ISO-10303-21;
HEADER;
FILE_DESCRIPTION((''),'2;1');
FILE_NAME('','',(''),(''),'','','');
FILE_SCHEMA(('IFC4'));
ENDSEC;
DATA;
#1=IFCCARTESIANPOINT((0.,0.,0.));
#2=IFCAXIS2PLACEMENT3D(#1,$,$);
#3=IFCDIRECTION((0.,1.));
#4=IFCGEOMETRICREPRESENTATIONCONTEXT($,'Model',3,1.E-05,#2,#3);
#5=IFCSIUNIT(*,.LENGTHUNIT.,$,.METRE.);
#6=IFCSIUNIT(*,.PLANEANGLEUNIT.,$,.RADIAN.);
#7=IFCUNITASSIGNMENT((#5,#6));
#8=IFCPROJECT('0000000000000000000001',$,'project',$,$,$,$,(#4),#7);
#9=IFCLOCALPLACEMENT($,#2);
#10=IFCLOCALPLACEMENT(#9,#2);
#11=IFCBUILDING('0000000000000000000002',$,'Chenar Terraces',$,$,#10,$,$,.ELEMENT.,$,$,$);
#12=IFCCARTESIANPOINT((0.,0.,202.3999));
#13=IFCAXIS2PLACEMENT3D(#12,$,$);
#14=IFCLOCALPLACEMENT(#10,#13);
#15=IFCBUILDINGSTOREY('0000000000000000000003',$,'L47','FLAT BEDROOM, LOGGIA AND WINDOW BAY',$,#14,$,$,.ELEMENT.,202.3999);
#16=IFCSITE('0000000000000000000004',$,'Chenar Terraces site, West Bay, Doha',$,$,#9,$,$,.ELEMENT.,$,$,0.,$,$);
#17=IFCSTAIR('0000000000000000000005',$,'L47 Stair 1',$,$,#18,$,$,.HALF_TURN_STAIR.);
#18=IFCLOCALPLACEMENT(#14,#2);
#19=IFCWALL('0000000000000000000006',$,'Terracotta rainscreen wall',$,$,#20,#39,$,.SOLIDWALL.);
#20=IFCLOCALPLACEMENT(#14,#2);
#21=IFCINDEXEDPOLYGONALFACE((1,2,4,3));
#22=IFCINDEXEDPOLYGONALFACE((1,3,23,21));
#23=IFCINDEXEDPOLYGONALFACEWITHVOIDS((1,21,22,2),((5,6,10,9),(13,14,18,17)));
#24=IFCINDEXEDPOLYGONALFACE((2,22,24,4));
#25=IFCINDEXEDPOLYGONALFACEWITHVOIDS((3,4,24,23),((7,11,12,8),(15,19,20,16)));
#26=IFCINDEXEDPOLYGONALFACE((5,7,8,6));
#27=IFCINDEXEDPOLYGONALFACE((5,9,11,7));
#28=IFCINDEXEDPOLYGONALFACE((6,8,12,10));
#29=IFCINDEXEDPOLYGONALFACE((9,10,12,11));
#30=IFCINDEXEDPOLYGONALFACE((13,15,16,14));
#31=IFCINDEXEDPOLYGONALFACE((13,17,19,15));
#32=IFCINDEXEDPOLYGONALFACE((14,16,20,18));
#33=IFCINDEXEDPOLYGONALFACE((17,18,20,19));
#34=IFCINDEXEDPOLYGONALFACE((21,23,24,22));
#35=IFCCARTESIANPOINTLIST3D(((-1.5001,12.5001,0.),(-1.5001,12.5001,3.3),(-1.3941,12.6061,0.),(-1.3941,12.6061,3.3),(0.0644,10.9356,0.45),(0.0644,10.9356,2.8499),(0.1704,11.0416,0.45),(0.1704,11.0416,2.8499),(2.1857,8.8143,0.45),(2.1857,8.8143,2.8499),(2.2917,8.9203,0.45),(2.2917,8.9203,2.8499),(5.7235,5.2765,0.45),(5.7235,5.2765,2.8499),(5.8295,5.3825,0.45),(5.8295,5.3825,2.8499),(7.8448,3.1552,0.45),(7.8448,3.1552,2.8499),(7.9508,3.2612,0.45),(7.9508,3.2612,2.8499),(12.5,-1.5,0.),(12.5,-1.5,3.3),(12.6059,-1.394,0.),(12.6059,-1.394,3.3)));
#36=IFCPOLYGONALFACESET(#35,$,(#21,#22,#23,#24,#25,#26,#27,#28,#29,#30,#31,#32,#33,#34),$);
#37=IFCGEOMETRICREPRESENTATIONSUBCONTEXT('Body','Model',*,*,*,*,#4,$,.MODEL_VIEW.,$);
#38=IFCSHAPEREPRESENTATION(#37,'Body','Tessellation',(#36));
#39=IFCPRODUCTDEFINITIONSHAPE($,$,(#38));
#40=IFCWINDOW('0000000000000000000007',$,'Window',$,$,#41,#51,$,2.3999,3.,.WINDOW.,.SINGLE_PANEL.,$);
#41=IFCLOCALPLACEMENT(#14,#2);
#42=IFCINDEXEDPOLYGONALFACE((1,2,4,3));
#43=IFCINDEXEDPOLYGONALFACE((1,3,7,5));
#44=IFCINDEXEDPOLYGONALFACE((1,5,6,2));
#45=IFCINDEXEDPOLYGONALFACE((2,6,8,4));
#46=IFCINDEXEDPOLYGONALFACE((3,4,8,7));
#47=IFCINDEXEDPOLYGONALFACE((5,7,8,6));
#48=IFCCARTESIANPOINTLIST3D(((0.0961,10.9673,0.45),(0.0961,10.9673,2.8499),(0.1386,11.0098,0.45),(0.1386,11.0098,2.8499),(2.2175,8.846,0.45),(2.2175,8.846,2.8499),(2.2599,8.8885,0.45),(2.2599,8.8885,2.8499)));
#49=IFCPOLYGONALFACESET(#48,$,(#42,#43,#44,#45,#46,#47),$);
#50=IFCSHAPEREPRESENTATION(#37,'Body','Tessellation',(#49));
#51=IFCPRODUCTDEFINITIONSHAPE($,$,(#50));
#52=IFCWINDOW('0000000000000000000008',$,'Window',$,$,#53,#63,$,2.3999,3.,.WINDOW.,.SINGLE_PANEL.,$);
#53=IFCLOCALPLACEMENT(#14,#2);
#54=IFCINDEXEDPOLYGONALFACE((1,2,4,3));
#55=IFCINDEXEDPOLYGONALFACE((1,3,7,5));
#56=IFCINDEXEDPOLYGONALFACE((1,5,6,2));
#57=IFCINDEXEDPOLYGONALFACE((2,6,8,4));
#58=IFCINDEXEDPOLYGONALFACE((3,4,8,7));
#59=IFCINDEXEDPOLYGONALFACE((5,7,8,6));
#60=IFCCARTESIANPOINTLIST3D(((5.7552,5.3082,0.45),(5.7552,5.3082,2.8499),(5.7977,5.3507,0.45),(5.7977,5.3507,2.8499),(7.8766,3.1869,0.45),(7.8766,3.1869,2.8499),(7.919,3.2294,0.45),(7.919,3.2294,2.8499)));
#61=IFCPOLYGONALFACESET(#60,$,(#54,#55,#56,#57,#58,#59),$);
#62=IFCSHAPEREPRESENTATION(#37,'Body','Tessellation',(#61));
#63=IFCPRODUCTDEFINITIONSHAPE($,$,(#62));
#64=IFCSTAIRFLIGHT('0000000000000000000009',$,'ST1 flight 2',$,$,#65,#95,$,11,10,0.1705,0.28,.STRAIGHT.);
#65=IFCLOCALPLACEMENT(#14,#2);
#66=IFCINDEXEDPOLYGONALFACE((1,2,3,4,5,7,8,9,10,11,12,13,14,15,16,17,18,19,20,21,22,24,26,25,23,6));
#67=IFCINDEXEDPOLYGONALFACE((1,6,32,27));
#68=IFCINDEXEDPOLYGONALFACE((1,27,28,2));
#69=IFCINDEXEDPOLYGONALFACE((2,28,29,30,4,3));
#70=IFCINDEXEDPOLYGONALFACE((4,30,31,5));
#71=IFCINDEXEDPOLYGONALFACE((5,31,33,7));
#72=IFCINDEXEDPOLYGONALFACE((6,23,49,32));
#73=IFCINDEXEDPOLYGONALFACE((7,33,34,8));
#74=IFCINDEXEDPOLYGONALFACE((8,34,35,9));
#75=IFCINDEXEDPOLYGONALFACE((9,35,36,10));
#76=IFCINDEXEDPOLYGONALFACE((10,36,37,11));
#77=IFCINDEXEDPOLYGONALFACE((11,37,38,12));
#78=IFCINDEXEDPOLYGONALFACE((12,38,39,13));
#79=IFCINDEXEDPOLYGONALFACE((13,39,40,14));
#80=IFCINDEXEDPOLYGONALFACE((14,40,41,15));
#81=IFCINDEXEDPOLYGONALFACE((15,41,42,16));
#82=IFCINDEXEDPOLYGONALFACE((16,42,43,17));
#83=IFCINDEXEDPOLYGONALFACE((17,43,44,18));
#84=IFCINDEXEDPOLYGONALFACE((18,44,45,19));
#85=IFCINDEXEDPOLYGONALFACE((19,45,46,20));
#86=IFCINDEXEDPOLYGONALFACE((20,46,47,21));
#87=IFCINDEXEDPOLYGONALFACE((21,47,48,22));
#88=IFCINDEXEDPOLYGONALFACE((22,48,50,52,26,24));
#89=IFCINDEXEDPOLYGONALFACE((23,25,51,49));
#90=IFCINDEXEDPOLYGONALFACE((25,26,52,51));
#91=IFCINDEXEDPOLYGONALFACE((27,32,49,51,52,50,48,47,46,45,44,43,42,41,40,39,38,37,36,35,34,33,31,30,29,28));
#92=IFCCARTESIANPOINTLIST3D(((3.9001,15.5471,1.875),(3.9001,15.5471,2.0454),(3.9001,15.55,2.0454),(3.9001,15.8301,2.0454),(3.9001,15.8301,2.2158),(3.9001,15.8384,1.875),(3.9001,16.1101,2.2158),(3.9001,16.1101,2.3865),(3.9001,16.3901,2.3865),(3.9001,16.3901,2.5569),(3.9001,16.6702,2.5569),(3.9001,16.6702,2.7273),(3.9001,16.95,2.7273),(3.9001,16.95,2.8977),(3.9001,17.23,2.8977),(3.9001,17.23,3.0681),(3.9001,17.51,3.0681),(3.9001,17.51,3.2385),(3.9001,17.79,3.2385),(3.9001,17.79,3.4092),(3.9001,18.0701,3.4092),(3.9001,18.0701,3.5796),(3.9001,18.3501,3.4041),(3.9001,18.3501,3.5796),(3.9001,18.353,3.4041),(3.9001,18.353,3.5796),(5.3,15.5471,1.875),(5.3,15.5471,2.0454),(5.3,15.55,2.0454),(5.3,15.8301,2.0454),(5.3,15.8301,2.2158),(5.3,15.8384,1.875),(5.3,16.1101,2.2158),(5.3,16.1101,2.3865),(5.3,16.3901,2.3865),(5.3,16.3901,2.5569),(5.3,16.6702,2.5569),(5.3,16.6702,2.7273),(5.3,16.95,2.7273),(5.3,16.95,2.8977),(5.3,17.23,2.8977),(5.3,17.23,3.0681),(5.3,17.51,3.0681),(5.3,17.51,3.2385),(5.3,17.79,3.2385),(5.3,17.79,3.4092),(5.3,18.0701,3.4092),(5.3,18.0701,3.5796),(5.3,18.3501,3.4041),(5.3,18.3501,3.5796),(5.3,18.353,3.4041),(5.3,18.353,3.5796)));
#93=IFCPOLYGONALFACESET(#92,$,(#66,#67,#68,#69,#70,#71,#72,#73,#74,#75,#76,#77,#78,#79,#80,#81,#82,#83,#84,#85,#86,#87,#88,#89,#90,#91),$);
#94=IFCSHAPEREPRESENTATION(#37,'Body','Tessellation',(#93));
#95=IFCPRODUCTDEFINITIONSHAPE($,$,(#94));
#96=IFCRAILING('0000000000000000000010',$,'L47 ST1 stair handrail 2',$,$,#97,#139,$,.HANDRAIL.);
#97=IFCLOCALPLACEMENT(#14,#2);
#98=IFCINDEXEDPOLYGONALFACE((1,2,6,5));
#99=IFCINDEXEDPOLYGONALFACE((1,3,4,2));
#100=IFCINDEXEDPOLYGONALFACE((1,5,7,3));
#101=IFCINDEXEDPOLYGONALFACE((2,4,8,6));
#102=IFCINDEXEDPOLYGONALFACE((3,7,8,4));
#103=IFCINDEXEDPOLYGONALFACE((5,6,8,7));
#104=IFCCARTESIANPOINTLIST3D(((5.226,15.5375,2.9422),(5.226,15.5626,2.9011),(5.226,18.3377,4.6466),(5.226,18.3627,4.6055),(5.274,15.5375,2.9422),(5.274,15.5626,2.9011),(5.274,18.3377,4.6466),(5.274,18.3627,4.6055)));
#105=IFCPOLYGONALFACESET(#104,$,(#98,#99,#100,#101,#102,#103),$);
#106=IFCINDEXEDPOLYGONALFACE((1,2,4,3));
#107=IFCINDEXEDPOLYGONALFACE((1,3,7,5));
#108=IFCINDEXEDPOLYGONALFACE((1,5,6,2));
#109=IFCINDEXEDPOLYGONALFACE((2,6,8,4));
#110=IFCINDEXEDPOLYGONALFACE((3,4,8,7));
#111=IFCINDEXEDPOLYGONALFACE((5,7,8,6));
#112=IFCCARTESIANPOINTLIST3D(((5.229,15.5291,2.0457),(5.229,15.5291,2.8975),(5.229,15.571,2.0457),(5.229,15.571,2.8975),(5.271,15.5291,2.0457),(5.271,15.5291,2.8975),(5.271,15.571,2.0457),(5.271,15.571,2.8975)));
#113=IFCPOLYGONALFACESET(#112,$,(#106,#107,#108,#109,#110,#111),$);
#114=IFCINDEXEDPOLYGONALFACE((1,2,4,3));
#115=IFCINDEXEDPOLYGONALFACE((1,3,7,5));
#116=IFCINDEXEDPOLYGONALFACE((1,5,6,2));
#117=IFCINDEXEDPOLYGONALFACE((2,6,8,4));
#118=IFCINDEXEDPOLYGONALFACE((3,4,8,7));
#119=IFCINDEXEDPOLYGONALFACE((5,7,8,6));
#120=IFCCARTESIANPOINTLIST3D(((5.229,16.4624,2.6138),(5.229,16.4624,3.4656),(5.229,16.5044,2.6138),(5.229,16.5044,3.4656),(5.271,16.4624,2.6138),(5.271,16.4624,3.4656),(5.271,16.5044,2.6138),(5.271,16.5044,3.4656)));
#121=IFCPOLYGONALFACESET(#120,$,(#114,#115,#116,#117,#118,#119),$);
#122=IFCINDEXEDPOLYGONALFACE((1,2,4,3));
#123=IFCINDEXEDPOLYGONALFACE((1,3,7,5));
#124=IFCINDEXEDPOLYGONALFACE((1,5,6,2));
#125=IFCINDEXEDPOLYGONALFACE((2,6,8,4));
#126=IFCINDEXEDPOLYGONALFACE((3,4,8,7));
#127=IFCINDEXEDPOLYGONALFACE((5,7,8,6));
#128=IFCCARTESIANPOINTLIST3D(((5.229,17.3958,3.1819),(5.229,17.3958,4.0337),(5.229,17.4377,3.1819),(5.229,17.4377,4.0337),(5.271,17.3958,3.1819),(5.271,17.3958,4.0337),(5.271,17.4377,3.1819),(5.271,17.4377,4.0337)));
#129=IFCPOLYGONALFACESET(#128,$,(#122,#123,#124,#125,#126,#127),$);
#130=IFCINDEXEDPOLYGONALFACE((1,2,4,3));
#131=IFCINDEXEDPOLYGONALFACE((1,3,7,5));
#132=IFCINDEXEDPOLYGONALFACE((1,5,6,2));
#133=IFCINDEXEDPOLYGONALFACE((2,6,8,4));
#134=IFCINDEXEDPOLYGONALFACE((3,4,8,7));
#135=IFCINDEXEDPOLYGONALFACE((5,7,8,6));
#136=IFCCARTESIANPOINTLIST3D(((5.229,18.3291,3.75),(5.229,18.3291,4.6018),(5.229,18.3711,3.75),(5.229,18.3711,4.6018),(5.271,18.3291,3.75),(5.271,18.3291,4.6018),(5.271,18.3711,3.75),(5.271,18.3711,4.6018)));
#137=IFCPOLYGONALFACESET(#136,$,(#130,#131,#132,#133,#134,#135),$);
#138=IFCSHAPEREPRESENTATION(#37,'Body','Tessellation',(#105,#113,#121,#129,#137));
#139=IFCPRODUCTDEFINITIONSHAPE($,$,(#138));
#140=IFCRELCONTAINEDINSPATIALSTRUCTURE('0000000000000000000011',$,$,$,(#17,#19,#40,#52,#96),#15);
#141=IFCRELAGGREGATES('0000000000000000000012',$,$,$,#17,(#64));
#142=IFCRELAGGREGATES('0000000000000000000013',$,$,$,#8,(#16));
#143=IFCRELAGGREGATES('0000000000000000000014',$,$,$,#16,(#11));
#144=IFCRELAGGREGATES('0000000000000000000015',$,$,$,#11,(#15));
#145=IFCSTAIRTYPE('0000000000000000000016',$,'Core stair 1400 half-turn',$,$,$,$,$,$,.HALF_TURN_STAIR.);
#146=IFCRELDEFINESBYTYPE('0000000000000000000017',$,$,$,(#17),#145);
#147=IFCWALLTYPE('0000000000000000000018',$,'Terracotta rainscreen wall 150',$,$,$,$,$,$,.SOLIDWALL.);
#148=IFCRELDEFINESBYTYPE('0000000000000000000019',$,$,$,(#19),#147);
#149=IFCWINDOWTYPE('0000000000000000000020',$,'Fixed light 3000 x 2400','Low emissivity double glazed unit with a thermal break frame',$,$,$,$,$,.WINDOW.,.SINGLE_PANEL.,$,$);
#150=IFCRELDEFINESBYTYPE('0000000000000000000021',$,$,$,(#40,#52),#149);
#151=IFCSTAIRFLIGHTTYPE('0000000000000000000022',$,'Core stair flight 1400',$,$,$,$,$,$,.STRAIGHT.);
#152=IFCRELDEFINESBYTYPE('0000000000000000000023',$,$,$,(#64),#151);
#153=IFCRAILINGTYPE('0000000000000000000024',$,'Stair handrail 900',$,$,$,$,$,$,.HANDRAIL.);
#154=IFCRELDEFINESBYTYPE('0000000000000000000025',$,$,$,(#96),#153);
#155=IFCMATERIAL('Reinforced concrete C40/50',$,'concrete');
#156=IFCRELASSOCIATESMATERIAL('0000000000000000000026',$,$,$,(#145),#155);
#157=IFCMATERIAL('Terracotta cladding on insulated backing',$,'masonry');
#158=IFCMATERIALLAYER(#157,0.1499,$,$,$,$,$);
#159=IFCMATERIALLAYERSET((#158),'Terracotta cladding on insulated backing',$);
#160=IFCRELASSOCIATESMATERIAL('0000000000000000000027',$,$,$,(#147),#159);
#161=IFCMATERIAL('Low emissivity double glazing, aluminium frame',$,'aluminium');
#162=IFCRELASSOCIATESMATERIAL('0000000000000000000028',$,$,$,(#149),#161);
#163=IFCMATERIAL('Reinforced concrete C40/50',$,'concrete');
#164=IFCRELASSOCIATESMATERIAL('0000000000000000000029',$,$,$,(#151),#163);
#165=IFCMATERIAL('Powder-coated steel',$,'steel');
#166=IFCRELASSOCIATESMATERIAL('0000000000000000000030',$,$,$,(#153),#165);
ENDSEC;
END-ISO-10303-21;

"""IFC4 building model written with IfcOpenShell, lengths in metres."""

from ifc_helpers import new_model, si_unit, direction, frame, frame_2d, origin, origin_2d, place, context, subcontext, project, spatial, polyline, rectangle, outline, extrude, material, layer, layer_set, type_object, element, fill, aggregate, save


model = new_model("IFC4")

# Units and contexts
model_context = context("Model", 3, precision=1e-05, world=origin(), true_north=direction((0.0, 1.0)))
body_context = subcontext(model_context, "Body", "Model", "MODEL_VIEW")
ifc_project = project(units=[si_unit("LENGTHUNIT", "METRE"), si_unit("PLANEANGLEUNIT", "RADIAN")], contexts=[model_context])

# Site, building, storey
site_placement = place(None, origin())
site = spatial("IfcSite", under=ifc_project, at=site_placement, Name="Chenar Terraces site, West Bay, Doha", CompositionType="ELEMENT", RefElevation=0.0)
building_placement = place(site_placement, origin())
building = spatial("IfcBuilding", under=site, at=building_placement, Name="Chenar Terraces", CompositionType="ELEMENT")
storey_placement = place(building_placement, frame((0.0, 0.0, 202.3999)))
storey = spatial("IfcBuildingStorey", under=building, at=storey_placement, Name="L47", Description="FLAT BEDROOM, LOGGIA AND WINDOW BAY", CompositionType="ELEMENT", Elevation=202.3999)

# Stair
ifc_material_1 = material(Name="Reinforced concrete C40/50", Category="concrete")
stair_type = type_object("IfcStairType", Name="Core stair 1400 half-turn", PredefinedType="HALF_TURN_STAIR", material=ifc_material_1)
placement_1 = place(storey_placement, origin())
stair_1 = element("IfcStair", 1, at=placement_1, inside=storey, type_object=stair_type, Name="L47 Stair 1", PredefinedType="HALF_TURN_STAIR")

# Wall, openings, windows
ifc_material_2 = material(Name="Terracotta cladding on insulated backing", Category="masonry")
ifc_layer_1 = layer(ifc_material_2, 0.1499)
ifc_layer_set_1 = layer_set([ifc_layer_1], Name="Terracotta cladding on insulated backing")
wall_type_1 = type_object("IfcWallType", Name="Terracotta rainscreen wall 150", PredefinedType="SOLIDWALL", material=ifc_layer_set_1)
wall_1_placement = place(storey_placement, frame((-1.447, 12.553, 0.0), z_axis=(0.0, 0.0, 1.0), x_axis=(0.707107, -0.707107, 0.0)))
wall_1 = element("IfcWall", 2, at=wall_1_placement, inside=storey, type_object=wall_type_1, Name="Terracotta rainscreen wall", PredefinedType="SOLIDWALL", context=body_context, shape_type="SweptSolid", body=[
    extrude(rectangle(XDim=19.7991, YDim=0.1499, at=frame_2d((9.8994, 0.0))), origin(), (0.0, 0.0, 1.0), 3.3),
])
opening_1_placement = place(wall_1_placement, frame((2.2124, 0.0, 0.45)))
opening_1 = element("IfcOpeningElement", 3, at=opening_1_placement, cuts=wall_1, PredefinedType="OPENING", context=body_context, shape_type="SweptSolid", body=[
    extrude(rectangle(XDim=3.0, YDim=2.3999, at=frame_2d((1.5, 1.2))), frame((0.0, 0.085, 0.0), z_axis=(0.0, -1.0, 0.0), x_axis=(1.0, 0.0, 0.0)), (0.0, 0.0, 1.0), 0.1699),
])
opening_2_placement = place(wall_1_placement, frame((10.2156, 0.0, 0.45)))
opening_2 = element("IfcOpeningElement", 4, at=opening_2_placement, cuts=wall_1, PredefinedType="OPENING", context=body_context, shape_type="SweptSolid", body=[
    extrude(rectangle(XDim=3.0, YDim=2.3999, at=frame_2d((1.5, 1.2))), frame((0.0, 0.085, 0.0), z_axis=(0.0, -1.0, 0.0), x_axis=(1.0, 0.0, 0.0)), (0.0, 0.0, 1.0), 0.1699),
])
ifc_material_3 = material(Name="Low emissivity double glazing, aluminium frame", Category="aluminium")
window_type = type_object("IfcWindowType", Name="Fixed light 3000 x 2400", Description="Low emissivity double glazed unit with a thermal break frame", PartitioningType="SINGLE_PANEL", PredefinedType="WINDOW", material=ifc_material_3)
window_1_placement = place(opening_1_placement, origin())
window_1 = element("IfcWindow", 5, at=window_1_placement, inside=storey, type_object=window_type, Name="Window", OverallHeight=2.3999, OverallWidth=3.0, PartitioningType="SINGLE_PANEL", PredefinedType="WINDOW", context=body_context, shape_type="SweptSolid", body=[
    extrude(rectangle(XDim=3.0, YDim=2.3999, at=frame_2d((1.5, 1.2))), frame((0.0, 0.03, 0.0), z_axis=(0.0, -1.0, 0.0), x_axis=(1.0, 0.0, 0.0)), (0.0, 0.0, 1.0), 0.0601),
])
fill(opening_1, window_1)
window_2_placement = place(opening_2_placement, origin())
window_2 = element("IfcWindow", 6, at=window_2_placement, inside=storey, type_object=window_type, Name="Window", OverallHeight=2.3999, OverallWidth=3.0, PartitioningType="SINGLE_PANEL", PredefinedType="WINDOW", context=body_context, shape_type="SweptSolid", body=[
    extrude(rectangle(XDim=3.0, YDim=2.3999, at=frame_2d((1.5, 1.2))), frame((0.0, 0.03, 0.0), z_axis=(0.0, -1.0, 0.0), x_axis=(1.0, 0.0, 0.0)), (0.0, 0.0, 1.0), 0.0601),
])
fill(opening_2, window_2)

# Stair flight
ifc_material_4 = material(Name="Reinforced concrete C40/50", Category="concrete")
stair_flight_type = type_object("IfcStairFlightType", Name="Core stair flight 1400", PredefinedType="STRAIGHT", material=ifc_material_4)
stair_flight_placement = place(storey_placement, frame((4.6001, 15.55, 1.875), z_axis=(0.0, 0.0, 1.0), x_axis=(0.0, 1.0, 0.0)))
stair_flight = element("IfcStairFlight", 7, at=stair_flight_placement, type_object=stair_flight_type, Name="ST1 flight 2", NumberOfRisers=11, NumberOfTreads=10, PredefinedType="STRAIGHT", RiserHeight=0.1705, TreadLength=0.28, context=body_context, shape_type="SweptSolid", body=[
    extrude(outline(polyline([(-0.0029, 0.0), (-0.0029, 0.1704), (0.0, 0.1704), (0.28, 0.1704), (0.28, 0.3408), (0.5601, 0.3408), (0.5601, 0.5115), (0.8401, 0.5115), (0.8401, 0.6819), (1.1201, 0.6819), (1.1201, 0.8523), (1.3999, 0.8523), (1.3999, 1.0227), (1.6799, 1.0227), (1.6799, 1.1931), (1.96, 1.1931), (1.96, 1.3635), (2.24, 1.3635), (2.24, 1.5342), (2.52, 1.5342), (2.52, 1.7046), (2.8, 1.7046), (2.803, 1.7046), (2.803, 1.5291), (2.8, 1.5291), (0.2883, 0.0), (-0.0029, 0.0)])), frame((0.0, 0.7, 0.0), z_axis=(0.0, -1.0, 0.0), x_axis=(1.0, 0.0, 0.0)), (0.0, 0.0, 1.0), 1.3999),
])
aggregate(stair_1, [stair_flight])

# Railing
ifc_material_5 = material(Name="Powder-coated steel", Category="steel")
railing_type = type_object("IfcRailingType", Name="Stair handrail 900", PredefinedType="HANDRAIL", material=ifc_material_5)
railing_placement = place(storey_placement, frame((5.25, 15.55, 2.0457)))
element("IfcRailing", 8, at=railing_placement, inside=storey, type_object=railing_type, Name="L47 ST1 stair handrail 2", PredefinedType="HANDRAIL", context=body_context, shape_type="SweptSolid", body=[
    extrude(rectangle(XDim=0.0481, YDim=0.0481, at=origin_2d()), frame((0.0, 0.0, 0.876), z_axis=(0.0, 0.854203, 0.51994), x_axis=(-1.0, 0.0, 0.0)), (0.0, 0.0, 1.0), 3.2781),
    extrude(rectangle(XDim=0.042, YDim=0.042, at=origin_2d()), origin(), (0.0, 0.0, 1.0), 0.8518),
    extrude(rectangle(XDim=0.042, YDim=0.042, at=origin_2d()), frame((0.0, 0.9333, 0.5681)), (0.0, 0.0, 1.0), 0.8518),
    extrude(rectangle(XDim=0.042, YDim=0.042, at=origin_2d()), frame((0.0, 1.8667, 1.1362)), (0.0, 0.0, 1.0), 0.8518),
    extrude(rectangle(XDim=0.042, YDim=0.042, at=origin_2d()), frame((0.0, 2.8, 1.7043)), (0.0, 0.0, 1.0), 0.8518),
])

save(model, "model.ifc")
